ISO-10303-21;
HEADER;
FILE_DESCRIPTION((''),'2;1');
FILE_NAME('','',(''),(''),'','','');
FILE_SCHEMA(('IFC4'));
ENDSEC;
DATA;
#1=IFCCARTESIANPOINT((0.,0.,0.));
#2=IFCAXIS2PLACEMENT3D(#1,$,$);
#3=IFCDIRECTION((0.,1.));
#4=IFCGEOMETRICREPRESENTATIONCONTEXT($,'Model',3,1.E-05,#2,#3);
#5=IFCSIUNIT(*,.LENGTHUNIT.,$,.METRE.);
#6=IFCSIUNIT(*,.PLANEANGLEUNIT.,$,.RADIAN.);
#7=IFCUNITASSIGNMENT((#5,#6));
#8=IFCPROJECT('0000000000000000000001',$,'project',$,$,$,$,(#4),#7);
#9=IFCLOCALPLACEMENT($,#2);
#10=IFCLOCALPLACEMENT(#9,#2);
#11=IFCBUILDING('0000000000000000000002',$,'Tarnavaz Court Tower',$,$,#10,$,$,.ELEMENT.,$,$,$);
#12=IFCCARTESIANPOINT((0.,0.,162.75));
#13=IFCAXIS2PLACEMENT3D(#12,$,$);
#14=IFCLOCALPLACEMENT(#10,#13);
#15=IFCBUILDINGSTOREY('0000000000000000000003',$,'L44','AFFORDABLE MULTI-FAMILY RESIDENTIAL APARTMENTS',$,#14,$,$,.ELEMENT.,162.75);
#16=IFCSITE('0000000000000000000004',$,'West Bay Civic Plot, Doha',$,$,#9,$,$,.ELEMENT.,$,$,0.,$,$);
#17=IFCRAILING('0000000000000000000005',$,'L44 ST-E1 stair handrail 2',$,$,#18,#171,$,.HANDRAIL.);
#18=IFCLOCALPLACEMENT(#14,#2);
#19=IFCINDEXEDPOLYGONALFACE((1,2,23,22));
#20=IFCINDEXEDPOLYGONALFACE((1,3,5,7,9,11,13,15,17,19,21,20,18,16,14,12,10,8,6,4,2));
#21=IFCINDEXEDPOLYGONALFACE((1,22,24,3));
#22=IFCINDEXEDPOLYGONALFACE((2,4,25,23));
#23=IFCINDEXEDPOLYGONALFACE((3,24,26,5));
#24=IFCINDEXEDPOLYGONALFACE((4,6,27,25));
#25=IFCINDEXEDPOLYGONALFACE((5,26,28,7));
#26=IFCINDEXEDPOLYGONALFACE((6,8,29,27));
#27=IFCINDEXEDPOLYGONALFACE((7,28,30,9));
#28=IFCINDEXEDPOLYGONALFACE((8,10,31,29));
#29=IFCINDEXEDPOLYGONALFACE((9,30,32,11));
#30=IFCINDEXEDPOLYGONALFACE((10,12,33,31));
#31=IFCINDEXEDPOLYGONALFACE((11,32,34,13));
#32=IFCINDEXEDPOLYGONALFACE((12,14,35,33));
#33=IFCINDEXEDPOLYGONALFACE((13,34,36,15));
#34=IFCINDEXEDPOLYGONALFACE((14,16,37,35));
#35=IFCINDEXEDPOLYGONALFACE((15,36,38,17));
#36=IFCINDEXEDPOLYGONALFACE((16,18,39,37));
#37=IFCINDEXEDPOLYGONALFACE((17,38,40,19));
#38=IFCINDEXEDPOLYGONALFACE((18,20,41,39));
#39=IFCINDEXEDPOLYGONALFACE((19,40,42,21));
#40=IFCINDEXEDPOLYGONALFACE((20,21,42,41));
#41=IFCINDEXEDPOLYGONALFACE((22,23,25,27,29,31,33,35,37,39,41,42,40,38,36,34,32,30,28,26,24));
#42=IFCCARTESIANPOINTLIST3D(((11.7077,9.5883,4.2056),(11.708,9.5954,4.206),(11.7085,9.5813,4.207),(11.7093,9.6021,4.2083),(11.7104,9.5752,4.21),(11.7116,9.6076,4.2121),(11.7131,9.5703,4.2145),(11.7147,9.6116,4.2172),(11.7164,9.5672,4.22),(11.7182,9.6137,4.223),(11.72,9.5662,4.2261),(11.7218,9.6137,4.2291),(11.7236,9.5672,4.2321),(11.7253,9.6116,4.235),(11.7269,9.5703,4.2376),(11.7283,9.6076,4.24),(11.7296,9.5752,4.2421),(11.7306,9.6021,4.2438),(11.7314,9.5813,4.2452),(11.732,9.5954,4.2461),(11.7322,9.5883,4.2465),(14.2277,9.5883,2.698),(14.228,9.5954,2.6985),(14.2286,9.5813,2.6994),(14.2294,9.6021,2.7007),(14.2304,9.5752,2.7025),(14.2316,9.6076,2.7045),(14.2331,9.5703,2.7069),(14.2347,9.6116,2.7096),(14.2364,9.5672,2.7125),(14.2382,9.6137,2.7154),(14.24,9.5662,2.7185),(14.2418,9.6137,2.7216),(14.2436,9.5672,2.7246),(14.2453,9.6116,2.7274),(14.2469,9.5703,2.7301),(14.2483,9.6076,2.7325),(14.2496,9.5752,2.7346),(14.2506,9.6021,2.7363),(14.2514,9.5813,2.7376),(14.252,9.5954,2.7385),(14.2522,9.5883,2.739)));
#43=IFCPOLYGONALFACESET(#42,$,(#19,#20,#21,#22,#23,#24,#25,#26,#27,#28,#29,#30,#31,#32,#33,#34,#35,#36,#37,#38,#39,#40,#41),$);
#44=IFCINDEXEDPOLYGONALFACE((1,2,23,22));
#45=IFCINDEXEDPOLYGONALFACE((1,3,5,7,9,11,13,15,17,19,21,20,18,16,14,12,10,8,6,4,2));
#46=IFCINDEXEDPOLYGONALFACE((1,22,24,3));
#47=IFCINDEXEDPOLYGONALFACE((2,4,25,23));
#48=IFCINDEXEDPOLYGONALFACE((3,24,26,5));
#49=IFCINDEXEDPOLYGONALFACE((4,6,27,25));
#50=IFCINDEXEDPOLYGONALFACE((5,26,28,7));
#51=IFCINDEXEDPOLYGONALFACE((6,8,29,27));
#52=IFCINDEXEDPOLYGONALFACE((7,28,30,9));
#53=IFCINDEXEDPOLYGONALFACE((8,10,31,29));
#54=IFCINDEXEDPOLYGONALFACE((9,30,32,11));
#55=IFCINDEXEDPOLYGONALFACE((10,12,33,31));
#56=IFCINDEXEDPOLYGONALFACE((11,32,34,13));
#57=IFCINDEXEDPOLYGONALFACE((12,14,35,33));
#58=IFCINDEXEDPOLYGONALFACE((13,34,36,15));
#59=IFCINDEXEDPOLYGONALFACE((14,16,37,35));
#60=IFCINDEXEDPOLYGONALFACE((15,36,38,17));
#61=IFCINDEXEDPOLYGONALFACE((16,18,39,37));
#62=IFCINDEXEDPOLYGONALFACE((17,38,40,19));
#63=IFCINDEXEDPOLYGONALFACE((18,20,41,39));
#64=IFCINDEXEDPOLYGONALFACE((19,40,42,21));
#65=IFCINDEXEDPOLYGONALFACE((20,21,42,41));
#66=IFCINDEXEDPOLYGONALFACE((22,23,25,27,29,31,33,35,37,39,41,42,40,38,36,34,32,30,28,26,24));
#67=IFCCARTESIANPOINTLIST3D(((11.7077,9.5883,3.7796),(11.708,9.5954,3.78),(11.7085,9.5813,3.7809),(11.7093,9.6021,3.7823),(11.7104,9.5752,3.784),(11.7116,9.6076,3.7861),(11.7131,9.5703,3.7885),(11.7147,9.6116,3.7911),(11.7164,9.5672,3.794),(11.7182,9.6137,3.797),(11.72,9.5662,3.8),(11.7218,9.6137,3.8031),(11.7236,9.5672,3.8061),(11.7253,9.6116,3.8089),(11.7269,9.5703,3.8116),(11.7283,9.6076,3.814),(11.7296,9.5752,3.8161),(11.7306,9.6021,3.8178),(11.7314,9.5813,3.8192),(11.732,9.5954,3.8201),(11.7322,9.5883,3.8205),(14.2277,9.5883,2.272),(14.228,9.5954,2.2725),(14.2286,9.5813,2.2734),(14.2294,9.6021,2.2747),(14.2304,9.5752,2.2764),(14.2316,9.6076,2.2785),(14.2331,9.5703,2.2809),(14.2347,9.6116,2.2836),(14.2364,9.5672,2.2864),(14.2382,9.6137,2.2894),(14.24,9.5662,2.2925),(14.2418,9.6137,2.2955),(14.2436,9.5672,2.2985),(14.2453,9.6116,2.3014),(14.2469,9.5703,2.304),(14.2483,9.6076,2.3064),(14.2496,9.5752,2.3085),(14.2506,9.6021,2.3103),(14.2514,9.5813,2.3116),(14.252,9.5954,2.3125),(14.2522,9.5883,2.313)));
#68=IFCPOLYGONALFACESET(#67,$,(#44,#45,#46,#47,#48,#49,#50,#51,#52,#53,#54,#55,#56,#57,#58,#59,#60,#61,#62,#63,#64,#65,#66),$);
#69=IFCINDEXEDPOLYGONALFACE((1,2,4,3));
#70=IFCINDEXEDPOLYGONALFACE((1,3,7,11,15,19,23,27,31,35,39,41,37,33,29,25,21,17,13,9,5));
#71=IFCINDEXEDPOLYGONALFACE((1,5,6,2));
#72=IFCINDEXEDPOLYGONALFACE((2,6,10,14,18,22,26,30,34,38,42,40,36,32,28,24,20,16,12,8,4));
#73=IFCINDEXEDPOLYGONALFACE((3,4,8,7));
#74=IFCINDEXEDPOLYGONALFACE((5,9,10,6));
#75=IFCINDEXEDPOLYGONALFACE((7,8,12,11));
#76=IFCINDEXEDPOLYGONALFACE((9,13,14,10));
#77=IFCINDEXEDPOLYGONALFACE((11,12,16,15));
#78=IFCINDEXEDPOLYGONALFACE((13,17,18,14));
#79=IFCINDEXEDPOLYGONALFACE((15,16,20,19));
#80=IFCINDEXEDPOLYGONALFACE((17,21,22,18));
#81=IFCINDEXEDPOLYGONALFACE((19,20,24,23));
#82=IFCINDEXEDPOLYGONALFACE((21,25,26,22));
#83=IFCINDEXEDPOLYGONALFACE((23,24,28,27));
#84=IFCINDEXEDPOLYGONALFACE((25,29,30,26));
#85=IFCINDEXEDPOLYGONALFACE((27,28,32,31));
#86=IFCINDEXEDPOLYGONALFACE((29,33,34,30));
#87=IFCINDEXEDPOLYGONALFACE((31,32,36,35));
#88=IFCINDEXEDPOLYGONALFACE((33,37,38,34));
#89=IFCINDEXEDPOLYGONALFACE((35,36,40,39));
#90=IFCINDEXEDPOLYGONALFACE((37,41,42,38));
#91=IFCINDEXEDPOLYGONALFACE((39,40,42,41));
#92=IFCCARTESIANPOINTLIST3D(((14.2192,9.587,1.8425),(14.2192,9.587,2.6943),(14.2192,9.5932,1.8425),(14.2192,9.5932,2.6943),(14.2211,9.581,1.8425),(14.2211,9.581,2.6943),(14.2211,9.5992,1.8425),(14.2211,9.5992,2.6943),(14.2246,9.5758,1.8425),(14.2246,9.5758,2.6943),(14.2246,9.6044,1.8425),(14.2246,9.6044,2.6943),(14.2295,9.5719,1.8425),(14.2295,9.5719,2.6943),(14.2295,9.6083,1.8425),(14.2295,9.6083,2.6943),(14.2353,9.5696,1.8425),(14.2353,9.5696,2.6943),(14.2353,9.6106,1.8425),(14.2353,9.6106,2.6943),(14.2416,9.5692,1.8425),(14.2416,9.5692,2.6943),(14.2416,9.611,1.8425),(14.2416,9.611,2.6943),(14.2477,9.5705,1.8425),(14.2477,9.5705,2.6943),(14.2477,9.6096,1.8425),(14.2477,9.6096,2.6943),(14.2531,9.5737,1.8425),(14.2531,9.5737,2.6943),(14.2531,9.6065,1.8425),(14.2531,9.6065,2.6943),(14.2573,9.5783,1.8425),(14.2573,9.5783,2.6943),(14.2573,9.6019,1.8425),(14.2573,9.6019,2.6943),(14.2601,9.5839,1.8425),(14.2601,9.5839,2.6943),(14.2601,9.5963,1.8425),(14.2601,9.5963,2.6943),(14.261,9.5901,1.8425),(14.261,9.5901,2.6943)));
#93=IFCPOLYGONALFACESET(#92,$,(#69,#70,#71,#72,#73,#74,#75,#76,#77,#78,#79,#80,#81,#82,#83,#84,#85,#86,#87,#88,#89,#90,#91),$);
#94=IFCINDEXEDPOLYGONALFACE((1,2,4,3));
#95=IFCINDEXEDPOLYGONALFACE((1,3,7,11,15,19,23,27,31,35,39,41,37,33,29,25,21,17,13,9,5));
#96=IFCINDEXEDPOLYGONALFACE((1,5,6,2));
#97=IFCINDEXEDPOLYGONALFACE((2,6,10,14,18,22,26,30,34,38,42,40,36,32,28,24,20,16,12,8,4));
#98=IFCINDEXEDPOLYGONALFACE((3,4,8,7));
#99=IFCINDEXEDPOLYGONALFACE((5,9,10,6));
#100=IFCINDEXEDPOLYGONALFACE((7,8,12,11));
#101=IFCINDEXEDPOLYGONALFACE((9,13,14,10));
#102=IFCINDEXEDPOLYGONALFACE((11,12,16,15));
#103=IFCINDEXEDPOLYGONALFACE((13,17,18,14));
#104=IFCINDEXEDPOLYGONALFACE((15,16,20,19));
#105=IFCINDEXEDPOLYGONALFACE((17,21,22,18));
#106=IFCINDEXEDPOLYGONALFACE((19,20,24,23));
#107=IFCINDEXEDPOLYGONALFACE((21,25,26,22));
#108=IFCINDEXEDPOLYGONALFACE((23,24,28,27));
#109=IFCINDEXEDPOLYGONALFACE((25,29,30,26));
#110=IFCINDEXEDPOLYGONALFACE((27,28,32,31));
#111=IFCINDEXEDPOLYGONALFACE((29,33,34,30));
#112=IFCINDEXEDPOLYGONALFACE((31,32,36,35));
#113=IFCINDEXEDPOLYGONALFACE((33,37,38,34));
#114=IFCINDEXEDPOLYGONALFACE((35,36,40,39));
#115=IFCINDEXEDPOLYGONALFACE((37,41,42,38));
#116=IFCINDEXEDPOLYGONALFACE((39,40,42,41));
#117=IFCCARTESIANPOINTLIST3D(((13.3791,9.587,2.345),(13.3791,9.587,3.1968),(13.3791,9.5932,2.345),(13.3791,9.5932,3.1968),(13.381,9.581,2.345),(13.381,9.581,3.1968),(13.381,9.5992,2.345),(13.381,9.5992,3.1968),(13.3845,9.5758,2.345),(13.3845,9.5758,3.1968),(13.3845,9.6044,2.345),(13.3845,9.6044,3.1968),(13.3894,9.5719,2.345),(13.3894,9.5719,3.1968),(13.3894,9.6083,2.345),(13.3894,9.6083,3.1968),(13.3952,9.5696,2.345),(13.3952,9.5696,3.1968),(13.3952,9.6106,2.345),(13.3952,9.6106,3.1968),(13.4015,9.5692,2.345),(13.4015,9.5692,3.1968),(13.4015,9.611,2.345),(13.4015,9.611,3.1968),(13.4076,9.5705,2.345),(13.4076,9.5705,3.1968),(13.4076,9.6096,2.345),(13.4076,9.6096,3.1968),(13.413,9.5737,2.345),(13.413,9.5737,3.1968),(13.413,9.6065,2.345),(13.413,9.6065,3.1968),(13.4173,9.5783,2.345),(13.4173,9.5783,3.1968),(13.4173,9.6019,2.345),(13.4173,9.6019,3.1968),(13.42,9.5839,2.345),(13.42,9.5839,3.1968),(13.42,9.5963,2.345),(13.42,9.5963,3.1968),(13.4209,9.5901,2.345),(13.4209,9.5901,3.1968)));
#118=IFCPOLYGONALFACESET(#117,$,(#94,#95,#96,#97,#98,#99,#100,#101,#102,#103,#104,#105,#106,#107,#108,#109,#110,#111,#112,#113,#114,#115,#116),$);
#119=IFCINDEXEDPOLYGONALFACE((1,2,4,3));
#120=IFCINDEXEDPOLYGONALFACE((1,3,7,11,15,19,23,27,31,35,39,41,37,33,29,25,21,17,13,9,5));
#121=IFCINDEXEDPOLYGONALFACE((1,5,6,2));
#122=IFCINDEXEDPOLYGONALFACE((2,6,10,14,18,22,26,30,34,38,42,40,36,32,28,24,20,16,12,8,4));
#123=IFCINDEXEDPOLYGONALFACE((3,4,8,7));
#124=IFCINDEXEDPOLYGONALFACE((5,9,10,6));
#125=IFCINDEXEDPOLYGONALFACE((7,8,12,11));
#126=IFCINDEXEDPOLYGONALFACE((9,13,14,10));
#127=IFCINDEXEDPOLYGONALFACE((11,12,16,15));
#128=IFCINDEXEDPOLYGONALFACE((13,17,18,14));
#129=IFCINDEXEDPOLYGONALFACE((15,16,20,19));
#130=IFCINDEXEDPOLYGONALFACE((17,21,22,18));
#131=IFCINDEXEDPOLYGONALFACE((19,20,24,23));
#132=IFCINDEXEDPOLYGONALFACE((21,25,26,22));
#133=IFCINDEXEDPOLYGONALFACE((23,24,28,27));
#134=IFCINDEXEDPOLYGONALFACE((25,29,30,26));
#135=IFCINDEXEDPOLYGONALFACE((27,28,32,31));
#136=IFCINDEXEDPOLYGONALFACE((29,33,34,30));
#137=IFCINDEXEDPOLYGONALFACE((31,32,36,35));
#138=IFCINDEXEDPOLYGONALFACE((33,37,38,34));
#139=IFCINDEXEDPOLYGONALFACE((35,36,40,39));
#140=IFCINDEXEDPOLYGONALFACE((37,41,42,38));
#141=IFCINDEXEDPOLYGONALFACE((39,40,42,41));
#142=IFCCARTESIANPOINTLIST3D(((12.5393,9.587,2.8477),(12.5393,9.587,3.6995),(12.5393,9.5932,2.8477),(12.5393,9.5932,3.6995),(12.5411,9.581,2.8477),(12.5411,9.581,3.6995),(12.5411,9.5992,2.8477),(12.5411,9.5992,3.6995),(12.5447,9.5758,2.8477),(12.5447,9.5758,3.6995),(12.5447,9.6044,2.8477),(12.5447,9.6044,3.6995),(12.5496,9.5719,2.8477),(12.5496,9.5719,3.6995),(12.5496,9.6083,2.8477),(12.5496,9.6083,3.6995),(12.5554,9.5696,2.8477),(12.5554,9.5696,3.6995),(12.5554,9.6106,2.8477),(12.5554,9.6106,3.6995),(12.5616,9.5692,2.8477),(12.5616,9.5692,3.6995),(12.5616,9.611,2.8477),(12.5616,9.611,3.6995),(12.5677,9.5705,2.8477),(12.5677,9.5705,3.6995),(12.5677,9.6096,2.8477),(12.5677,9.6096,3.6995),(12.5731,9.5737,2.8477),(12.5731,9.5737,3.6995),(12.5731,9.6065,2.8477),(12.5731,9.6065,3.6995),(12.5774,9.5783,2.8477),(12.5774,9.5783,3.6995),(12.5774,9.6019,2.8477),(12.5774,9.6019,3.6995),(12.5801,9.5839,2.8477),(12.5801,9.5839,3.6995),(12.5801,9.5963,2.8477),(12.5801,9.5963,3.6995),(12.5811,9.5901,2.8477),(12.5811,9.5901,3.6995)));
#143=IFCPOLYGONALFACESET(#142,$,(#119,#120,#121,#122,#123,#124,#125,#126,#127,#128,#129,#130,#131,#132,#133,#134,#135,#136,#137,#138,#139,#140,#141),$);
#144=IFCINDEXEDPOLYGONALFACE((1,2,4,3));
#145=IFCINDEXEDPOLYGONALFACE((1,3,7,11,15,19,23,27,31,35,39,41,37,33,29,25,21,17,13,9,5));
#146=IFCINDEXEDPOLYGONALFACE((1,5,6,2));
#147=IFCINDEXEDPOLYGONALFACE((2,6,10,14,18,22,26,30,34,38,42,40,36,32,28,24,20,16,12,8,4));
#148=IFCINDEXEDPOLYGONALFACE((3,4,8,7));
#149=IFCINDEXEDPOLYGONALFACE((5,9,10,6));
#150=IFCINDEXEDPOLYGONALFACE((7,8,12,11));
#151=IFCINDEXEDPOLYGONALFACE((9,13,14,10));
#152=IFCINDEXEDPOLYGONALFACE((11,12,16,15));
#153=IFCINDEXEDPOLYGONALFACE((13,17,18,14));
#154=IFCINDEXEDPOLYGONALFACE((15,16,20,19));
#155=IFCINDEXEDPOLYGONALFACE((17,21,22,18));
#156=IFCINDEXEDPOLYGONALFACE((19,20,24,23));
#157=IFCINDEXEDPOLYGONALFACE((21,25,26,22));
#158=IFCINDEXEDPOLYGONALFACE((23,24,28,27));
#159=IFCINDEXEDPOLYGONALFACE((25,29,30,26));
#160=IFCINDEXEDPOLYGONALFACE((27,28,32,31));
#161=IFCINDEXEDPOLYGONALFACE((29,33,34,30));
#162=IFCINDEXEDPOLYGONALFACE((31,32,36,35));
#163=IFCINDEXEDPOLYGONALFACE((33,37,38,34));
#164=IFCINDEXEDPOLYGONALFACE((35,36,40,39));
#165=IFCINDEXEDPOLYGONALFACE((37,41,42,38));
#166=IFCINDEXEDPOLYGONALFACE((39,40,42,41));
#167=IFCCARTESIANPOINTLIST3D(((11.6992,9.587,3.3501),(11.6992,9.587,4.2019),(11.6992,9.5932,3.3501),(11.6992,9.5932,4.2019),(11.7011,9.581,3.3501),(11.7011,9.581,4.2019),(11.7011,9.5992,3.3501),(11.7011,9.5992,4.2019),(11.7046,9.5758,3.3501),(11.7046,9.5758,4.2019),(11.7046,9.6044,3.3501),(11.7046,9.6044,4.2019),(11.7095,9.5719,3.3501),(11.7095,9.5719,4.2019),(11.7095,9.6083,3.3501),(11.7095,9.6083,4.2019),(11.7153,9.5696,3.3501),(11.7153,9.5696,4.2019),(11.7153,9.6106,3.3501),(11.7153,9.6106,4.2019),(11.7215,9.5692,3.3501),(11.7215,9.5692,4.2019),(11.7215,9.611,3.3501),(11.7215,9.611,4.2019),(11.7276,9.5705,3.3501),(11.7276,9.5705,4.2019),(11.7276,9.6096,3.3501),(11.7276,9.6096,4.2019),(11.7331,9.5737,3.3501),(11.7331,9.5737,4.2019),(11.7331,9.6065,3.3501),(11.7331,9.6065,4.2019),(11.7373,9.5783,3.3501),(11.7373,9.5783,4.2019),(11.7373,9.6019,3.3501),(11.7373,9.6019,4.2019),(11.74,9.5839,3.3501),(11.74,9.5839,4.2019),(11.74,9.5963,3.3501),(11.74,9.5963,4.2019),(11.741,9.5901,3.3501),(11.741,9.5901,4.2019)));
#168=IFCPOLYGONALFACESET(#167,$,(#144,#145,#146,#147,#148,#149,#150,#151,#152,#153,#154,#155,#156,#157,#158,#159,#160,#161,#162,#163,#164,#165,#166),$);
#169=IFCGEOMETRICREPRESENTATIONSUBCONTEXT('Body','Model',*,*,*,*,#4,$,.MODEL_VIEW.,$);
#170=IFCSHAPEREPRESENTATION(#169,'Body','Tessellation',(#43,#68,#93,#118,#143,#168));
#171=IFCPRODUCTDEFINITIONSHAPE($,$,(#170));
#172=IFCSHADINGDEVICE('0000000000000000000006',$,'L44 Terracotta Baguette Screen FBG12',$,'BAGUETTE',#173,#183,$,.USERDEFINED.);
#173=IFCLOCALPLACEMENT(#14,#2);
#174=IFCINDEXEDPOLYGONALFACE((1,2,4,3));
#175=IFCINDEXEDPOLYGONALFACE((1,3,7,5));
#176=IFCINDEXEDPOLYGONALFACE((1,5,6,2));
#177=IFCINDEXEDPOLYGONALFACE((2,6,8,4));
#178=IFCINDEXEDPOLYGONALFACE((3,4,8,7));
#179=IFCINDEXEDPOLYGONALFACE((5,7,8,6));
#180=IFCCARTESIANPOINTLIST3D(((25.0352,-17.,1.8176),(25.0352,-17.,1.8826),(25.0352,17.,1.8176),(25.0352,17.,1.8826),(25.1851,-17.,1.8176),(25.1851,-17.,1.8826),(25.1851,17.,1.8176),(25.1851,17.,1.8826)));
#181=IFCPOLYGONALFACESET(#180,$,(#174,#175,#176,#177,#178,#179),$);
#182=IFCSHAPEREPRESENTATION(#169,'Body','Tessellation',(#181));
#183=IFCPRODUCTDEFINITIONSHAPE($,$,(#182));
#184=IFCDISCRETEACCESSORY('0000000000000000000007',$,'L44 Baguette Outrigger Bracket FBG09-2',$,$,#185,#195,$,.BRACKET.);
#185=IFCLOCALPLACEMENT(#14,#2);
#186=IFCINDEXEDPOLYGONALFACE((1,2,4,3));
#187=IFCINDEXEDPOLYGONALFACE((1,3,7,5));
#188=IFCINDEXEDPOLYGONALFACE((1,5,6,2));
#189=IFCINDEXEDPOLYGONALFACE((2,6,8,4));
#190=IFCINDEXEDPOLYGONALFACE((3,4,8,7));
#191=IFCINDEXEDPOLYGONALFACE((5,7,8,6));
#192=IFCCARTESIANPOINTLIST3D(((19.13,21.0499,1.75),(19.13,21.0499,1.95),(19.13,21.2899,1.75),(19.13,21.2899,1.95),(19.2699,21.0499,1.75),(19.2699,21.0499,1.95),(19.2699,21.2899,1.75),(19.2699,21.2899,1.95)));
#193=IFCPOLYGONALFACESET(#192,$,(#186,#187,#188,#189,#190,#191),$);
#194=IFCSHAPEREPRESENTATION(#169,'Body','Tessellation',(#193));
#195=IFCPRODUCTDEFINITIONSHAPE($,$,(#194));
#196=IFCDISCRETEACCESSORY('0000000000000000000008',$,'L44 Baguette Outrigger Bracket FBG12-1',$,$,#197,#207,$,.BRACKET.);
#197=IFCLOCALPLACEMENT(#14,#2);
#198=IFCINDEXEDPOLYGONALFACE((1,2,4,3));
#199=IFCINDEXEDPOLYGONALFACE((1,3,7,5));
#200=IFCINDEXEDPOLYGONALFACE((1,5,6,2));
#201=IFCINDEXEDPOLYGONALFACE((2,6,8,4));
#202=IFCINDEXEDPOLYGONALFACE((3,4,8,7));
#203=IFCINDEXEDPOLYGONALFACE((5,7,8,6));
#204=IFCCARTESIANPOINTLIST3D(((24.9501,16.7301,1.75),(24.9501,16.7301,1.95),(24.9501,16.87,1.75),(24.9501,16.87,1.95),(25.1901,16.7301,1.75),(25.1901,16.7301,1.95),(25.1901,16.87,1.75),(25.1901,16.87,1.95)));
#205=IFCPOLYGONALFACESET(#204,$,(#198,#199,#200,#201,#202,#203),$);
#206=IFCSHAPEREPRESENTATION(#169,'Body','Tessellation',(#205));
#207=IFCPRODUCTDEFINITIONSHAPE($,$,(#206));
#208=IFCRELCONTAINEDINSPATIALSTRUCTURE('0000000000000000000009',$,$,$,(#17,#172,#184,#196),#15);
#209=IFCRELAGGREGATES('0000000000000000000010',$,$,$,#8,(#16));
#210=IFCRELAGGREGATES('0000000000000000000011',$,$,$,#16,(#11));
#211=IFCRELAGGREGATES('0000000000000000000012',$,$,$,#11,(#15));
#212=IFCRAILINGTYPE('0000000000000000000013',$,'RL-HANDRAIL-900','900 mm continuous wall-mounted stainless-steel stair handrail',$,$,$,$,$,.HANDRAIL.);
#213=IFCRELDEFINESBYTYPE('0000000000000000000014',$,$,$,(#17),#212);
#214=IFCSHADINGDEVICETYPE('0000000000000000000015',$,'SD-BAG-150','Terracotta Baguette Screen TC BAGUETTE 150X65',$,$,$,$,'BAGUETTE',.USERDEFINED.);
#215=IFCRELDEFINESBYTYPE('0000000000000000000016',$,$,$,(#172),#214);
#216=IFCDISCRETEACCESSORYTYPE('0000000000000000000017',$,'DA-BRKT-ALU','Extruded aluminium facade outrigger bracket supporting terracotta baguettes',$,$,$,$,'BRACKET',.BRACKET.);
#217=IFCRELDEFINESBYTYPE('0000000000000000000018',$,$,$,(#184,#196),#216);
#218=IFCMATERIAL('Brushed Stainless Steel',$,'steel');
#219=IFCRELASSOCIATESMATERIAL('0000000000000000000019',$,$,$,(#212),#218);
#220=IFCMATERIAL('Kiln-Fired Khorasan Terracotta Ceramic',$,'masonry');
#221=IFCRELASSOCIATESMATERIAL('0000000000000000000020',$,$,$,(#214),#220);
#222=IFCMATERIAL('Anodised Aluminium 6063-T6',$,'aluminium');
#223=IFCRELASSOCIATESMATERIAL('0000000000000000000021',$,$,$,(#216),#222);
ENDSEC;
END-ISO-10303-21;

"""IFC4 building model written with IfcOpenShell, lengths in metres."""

from ifc_helpers import new_model, si_unit, direction, frame, origin, origin_2d, place, context, subcontext, project, spatial, rectangle, circle, extrude, material, material_profile, profile_set, type_object, element, save


model = new_model("IFC4")

# Units and contexts
model_context = context("Model", 3, precision=1e-05, world=origin(), true_north=direction((0.0, 1.0)))
body_context = subcontext(model_context, "Body", "Model", "MODEL_VIEW")
ifc_project = project(units=[si_unit("LENGTHUNIT", "METRE"), si_unit("PLANEANGLEUNIT", "RADIAN")], contexts=[model_context])

# Site, building, storey
site_placement = place(None, origin())
site = spatial("IfcSite", under=ifc_project, at=site_placement, Name="West Bay Civic Plot, Doha", CompositionType="ELEMENT", RefElevation=0.0)
building_placement = place(site_placement, origin())
building = spatial("IfcBuilding", under=site, at=building_placement, Name="Tarnavaz Court Tower", CompositionType="ELEMENT")
storey_placement = place(building_placement, frame((0.0, 0.0, 162.75)))
storey = spatial("IfcBuildingStorey", under=building, at=storey_placement, Name="L44", Description="AFFORDABLE MULTI-FAMILY RESIDENTIAL APARTMENTS", CompositionType="ELEMENT", Elevation=162.75)

# Railing
ifc_material_1 = material(Name="Brushed Stainless Steel", Category="steel")
railing_type = type_object("IfcRailingType", Name="RL-HANDRAIL-900", Description="900 mm continuous wall-mounted stainless-steel stair handrail", PredefinedType="HANDRAIL", material=ifc_material_1)
railing_placement = place(storey_placement, frame((14.24, 9.5901, 1.8425)))
element("IfcRailing", 1, at=railing_placement, inside=storey, type_object=railing_type, Name="L44 ST-E1 stair handrail 2", PredefinedType="HANDRAIL", context=body_context, shape_type="SweptSolid", body=[
    extrude(circle(Radius=0.0239, at=origin_2d()), frame((0.0, 0.0, 0.876), z_axis=(-0.85816, 0.0, 0.513383), x_axis=(0.0, -1.0, 0.0)), (0.0, 0.0, 1.0), 2.9365),
    extrude(circle(Radius=0.0239, at=origin_2d()), frame((0.0, 0.0, 0.45), z_axis=(-0.85816, 0.0, 0.513383), x_axis=(0.0, -1.0, 0.0)), (0.0, 0.0, 1.0), 2.9365),
    extrude(circle(Radius=0.021, at=origin_2d()), origin(), (0.0, 0.0, 1.0), 0.8518),
    extrude(circle(Radius=0.021, at=origin_2d()), frame((-0.8401, 0.0, 0.5024)), (0.0, 0.0, 1.0), 0.8518),
    extrude(circle(Radius=0.021, at=origin_2d()), frame((-1.6799, 0.0, 1.0051)), (0.0, 0.0, 1.0), 0.8518),
    extrude(circle(Radius=0.021, at=origin_2d()), frame((-2.52, 0.0, 1.5076)), (0.0, 0.0, 1.0), 0.8518),
])

# Shading device
ifc_material_2 = material(Name="Kiln-Fired Khorasan Terracotta Ceramic", Category="masonry")
ifc_material_profile_1 = material_profile(ifc_material_2, rectangle(XDim=0.1499, YDim=0.0649, at=origin_2d()), Name="TC BAGUETTE 150X65")
ifc_profile_set_1 = profile_set([ifc_material_profile_1], Name="Kiln-Fired Khorasan Terracotta Ceramic")
shading_device_type = type_object("IfcShadingDeviceType", Name="SD-BAG-150", Description="Terracotta Baguette Screen TC BAGUETTE 150X65", ElementType="BAGUETTE", PredefinedType="USERDEFINED", material=ifc_profile_set_1)
shading_device_placement = place(storey_placement, frame((25.1101, 17.0, 1.8501), z_axis=(0.0, -1.0, 0.0), x_axis=(1.0, 0.0, 0.0)))
element("IfcShadingDevice", 2, at=shading_device_placement, inside=storey, type_object=shading_device_type, Name="L44 Terracotta Baguette Screen FBG12", ObjectType="BAGUETTE", PredefinedType="USERDEFINED", context=body_context, shape_type="SweptSolid", body=[
    extrude(rectangle(XDim=0.1499, YDim=0.0649, at=origin_2d()), origin(), (0.0, 0.0, 1.0), 34.0),
])

# Discrete accessories
ifc_material_3 = material(Name="Anodised Aluminium 6063-T6", Category="aluminium")
discrete_accessory_type = type_object("IfcDiscreteAccessoryType", Name="DA-BRKT-ALU", Description="Extruded aluminium facade outrigger bracket supporting terracotta baguettes", ElementType="BRACKET", PredefinedType="BRACKET", material=ifc_material_3)
for number, where, z_axis, x_axis, name in (
    (3, (19.2, 21.1699, 1.75), (0.0, 0.0, 1.0), (1.0, 0.0, 0.0), "L44 Baguette Outrigger Bracket FBG09-2"),
    (4, (25.0701, 16.8, 1.75), (0.0, 0.0, 1.0), (0.0, -1.0, 0.0), "L44 Baguette Outrigger Bracket FBG12-1"),
):
    element("IfcDiscreteAccessory", number, at=place(storey_placement, frame(where, z_axis=z_axis, x_axis=x_axis)), inside=storey, type_object=discrete_accessory_type, Name=name, PredefinedType="BRACKET", context=body_context, shape_type="SweptSolid", body=[
        extrude(rectangle(XDim=0.1399, YDim=0.24, at=origin_2d()), origin(), (0.0, 0.0, 1.0), 0.2),
    ])

save(model, "model.ifc")
